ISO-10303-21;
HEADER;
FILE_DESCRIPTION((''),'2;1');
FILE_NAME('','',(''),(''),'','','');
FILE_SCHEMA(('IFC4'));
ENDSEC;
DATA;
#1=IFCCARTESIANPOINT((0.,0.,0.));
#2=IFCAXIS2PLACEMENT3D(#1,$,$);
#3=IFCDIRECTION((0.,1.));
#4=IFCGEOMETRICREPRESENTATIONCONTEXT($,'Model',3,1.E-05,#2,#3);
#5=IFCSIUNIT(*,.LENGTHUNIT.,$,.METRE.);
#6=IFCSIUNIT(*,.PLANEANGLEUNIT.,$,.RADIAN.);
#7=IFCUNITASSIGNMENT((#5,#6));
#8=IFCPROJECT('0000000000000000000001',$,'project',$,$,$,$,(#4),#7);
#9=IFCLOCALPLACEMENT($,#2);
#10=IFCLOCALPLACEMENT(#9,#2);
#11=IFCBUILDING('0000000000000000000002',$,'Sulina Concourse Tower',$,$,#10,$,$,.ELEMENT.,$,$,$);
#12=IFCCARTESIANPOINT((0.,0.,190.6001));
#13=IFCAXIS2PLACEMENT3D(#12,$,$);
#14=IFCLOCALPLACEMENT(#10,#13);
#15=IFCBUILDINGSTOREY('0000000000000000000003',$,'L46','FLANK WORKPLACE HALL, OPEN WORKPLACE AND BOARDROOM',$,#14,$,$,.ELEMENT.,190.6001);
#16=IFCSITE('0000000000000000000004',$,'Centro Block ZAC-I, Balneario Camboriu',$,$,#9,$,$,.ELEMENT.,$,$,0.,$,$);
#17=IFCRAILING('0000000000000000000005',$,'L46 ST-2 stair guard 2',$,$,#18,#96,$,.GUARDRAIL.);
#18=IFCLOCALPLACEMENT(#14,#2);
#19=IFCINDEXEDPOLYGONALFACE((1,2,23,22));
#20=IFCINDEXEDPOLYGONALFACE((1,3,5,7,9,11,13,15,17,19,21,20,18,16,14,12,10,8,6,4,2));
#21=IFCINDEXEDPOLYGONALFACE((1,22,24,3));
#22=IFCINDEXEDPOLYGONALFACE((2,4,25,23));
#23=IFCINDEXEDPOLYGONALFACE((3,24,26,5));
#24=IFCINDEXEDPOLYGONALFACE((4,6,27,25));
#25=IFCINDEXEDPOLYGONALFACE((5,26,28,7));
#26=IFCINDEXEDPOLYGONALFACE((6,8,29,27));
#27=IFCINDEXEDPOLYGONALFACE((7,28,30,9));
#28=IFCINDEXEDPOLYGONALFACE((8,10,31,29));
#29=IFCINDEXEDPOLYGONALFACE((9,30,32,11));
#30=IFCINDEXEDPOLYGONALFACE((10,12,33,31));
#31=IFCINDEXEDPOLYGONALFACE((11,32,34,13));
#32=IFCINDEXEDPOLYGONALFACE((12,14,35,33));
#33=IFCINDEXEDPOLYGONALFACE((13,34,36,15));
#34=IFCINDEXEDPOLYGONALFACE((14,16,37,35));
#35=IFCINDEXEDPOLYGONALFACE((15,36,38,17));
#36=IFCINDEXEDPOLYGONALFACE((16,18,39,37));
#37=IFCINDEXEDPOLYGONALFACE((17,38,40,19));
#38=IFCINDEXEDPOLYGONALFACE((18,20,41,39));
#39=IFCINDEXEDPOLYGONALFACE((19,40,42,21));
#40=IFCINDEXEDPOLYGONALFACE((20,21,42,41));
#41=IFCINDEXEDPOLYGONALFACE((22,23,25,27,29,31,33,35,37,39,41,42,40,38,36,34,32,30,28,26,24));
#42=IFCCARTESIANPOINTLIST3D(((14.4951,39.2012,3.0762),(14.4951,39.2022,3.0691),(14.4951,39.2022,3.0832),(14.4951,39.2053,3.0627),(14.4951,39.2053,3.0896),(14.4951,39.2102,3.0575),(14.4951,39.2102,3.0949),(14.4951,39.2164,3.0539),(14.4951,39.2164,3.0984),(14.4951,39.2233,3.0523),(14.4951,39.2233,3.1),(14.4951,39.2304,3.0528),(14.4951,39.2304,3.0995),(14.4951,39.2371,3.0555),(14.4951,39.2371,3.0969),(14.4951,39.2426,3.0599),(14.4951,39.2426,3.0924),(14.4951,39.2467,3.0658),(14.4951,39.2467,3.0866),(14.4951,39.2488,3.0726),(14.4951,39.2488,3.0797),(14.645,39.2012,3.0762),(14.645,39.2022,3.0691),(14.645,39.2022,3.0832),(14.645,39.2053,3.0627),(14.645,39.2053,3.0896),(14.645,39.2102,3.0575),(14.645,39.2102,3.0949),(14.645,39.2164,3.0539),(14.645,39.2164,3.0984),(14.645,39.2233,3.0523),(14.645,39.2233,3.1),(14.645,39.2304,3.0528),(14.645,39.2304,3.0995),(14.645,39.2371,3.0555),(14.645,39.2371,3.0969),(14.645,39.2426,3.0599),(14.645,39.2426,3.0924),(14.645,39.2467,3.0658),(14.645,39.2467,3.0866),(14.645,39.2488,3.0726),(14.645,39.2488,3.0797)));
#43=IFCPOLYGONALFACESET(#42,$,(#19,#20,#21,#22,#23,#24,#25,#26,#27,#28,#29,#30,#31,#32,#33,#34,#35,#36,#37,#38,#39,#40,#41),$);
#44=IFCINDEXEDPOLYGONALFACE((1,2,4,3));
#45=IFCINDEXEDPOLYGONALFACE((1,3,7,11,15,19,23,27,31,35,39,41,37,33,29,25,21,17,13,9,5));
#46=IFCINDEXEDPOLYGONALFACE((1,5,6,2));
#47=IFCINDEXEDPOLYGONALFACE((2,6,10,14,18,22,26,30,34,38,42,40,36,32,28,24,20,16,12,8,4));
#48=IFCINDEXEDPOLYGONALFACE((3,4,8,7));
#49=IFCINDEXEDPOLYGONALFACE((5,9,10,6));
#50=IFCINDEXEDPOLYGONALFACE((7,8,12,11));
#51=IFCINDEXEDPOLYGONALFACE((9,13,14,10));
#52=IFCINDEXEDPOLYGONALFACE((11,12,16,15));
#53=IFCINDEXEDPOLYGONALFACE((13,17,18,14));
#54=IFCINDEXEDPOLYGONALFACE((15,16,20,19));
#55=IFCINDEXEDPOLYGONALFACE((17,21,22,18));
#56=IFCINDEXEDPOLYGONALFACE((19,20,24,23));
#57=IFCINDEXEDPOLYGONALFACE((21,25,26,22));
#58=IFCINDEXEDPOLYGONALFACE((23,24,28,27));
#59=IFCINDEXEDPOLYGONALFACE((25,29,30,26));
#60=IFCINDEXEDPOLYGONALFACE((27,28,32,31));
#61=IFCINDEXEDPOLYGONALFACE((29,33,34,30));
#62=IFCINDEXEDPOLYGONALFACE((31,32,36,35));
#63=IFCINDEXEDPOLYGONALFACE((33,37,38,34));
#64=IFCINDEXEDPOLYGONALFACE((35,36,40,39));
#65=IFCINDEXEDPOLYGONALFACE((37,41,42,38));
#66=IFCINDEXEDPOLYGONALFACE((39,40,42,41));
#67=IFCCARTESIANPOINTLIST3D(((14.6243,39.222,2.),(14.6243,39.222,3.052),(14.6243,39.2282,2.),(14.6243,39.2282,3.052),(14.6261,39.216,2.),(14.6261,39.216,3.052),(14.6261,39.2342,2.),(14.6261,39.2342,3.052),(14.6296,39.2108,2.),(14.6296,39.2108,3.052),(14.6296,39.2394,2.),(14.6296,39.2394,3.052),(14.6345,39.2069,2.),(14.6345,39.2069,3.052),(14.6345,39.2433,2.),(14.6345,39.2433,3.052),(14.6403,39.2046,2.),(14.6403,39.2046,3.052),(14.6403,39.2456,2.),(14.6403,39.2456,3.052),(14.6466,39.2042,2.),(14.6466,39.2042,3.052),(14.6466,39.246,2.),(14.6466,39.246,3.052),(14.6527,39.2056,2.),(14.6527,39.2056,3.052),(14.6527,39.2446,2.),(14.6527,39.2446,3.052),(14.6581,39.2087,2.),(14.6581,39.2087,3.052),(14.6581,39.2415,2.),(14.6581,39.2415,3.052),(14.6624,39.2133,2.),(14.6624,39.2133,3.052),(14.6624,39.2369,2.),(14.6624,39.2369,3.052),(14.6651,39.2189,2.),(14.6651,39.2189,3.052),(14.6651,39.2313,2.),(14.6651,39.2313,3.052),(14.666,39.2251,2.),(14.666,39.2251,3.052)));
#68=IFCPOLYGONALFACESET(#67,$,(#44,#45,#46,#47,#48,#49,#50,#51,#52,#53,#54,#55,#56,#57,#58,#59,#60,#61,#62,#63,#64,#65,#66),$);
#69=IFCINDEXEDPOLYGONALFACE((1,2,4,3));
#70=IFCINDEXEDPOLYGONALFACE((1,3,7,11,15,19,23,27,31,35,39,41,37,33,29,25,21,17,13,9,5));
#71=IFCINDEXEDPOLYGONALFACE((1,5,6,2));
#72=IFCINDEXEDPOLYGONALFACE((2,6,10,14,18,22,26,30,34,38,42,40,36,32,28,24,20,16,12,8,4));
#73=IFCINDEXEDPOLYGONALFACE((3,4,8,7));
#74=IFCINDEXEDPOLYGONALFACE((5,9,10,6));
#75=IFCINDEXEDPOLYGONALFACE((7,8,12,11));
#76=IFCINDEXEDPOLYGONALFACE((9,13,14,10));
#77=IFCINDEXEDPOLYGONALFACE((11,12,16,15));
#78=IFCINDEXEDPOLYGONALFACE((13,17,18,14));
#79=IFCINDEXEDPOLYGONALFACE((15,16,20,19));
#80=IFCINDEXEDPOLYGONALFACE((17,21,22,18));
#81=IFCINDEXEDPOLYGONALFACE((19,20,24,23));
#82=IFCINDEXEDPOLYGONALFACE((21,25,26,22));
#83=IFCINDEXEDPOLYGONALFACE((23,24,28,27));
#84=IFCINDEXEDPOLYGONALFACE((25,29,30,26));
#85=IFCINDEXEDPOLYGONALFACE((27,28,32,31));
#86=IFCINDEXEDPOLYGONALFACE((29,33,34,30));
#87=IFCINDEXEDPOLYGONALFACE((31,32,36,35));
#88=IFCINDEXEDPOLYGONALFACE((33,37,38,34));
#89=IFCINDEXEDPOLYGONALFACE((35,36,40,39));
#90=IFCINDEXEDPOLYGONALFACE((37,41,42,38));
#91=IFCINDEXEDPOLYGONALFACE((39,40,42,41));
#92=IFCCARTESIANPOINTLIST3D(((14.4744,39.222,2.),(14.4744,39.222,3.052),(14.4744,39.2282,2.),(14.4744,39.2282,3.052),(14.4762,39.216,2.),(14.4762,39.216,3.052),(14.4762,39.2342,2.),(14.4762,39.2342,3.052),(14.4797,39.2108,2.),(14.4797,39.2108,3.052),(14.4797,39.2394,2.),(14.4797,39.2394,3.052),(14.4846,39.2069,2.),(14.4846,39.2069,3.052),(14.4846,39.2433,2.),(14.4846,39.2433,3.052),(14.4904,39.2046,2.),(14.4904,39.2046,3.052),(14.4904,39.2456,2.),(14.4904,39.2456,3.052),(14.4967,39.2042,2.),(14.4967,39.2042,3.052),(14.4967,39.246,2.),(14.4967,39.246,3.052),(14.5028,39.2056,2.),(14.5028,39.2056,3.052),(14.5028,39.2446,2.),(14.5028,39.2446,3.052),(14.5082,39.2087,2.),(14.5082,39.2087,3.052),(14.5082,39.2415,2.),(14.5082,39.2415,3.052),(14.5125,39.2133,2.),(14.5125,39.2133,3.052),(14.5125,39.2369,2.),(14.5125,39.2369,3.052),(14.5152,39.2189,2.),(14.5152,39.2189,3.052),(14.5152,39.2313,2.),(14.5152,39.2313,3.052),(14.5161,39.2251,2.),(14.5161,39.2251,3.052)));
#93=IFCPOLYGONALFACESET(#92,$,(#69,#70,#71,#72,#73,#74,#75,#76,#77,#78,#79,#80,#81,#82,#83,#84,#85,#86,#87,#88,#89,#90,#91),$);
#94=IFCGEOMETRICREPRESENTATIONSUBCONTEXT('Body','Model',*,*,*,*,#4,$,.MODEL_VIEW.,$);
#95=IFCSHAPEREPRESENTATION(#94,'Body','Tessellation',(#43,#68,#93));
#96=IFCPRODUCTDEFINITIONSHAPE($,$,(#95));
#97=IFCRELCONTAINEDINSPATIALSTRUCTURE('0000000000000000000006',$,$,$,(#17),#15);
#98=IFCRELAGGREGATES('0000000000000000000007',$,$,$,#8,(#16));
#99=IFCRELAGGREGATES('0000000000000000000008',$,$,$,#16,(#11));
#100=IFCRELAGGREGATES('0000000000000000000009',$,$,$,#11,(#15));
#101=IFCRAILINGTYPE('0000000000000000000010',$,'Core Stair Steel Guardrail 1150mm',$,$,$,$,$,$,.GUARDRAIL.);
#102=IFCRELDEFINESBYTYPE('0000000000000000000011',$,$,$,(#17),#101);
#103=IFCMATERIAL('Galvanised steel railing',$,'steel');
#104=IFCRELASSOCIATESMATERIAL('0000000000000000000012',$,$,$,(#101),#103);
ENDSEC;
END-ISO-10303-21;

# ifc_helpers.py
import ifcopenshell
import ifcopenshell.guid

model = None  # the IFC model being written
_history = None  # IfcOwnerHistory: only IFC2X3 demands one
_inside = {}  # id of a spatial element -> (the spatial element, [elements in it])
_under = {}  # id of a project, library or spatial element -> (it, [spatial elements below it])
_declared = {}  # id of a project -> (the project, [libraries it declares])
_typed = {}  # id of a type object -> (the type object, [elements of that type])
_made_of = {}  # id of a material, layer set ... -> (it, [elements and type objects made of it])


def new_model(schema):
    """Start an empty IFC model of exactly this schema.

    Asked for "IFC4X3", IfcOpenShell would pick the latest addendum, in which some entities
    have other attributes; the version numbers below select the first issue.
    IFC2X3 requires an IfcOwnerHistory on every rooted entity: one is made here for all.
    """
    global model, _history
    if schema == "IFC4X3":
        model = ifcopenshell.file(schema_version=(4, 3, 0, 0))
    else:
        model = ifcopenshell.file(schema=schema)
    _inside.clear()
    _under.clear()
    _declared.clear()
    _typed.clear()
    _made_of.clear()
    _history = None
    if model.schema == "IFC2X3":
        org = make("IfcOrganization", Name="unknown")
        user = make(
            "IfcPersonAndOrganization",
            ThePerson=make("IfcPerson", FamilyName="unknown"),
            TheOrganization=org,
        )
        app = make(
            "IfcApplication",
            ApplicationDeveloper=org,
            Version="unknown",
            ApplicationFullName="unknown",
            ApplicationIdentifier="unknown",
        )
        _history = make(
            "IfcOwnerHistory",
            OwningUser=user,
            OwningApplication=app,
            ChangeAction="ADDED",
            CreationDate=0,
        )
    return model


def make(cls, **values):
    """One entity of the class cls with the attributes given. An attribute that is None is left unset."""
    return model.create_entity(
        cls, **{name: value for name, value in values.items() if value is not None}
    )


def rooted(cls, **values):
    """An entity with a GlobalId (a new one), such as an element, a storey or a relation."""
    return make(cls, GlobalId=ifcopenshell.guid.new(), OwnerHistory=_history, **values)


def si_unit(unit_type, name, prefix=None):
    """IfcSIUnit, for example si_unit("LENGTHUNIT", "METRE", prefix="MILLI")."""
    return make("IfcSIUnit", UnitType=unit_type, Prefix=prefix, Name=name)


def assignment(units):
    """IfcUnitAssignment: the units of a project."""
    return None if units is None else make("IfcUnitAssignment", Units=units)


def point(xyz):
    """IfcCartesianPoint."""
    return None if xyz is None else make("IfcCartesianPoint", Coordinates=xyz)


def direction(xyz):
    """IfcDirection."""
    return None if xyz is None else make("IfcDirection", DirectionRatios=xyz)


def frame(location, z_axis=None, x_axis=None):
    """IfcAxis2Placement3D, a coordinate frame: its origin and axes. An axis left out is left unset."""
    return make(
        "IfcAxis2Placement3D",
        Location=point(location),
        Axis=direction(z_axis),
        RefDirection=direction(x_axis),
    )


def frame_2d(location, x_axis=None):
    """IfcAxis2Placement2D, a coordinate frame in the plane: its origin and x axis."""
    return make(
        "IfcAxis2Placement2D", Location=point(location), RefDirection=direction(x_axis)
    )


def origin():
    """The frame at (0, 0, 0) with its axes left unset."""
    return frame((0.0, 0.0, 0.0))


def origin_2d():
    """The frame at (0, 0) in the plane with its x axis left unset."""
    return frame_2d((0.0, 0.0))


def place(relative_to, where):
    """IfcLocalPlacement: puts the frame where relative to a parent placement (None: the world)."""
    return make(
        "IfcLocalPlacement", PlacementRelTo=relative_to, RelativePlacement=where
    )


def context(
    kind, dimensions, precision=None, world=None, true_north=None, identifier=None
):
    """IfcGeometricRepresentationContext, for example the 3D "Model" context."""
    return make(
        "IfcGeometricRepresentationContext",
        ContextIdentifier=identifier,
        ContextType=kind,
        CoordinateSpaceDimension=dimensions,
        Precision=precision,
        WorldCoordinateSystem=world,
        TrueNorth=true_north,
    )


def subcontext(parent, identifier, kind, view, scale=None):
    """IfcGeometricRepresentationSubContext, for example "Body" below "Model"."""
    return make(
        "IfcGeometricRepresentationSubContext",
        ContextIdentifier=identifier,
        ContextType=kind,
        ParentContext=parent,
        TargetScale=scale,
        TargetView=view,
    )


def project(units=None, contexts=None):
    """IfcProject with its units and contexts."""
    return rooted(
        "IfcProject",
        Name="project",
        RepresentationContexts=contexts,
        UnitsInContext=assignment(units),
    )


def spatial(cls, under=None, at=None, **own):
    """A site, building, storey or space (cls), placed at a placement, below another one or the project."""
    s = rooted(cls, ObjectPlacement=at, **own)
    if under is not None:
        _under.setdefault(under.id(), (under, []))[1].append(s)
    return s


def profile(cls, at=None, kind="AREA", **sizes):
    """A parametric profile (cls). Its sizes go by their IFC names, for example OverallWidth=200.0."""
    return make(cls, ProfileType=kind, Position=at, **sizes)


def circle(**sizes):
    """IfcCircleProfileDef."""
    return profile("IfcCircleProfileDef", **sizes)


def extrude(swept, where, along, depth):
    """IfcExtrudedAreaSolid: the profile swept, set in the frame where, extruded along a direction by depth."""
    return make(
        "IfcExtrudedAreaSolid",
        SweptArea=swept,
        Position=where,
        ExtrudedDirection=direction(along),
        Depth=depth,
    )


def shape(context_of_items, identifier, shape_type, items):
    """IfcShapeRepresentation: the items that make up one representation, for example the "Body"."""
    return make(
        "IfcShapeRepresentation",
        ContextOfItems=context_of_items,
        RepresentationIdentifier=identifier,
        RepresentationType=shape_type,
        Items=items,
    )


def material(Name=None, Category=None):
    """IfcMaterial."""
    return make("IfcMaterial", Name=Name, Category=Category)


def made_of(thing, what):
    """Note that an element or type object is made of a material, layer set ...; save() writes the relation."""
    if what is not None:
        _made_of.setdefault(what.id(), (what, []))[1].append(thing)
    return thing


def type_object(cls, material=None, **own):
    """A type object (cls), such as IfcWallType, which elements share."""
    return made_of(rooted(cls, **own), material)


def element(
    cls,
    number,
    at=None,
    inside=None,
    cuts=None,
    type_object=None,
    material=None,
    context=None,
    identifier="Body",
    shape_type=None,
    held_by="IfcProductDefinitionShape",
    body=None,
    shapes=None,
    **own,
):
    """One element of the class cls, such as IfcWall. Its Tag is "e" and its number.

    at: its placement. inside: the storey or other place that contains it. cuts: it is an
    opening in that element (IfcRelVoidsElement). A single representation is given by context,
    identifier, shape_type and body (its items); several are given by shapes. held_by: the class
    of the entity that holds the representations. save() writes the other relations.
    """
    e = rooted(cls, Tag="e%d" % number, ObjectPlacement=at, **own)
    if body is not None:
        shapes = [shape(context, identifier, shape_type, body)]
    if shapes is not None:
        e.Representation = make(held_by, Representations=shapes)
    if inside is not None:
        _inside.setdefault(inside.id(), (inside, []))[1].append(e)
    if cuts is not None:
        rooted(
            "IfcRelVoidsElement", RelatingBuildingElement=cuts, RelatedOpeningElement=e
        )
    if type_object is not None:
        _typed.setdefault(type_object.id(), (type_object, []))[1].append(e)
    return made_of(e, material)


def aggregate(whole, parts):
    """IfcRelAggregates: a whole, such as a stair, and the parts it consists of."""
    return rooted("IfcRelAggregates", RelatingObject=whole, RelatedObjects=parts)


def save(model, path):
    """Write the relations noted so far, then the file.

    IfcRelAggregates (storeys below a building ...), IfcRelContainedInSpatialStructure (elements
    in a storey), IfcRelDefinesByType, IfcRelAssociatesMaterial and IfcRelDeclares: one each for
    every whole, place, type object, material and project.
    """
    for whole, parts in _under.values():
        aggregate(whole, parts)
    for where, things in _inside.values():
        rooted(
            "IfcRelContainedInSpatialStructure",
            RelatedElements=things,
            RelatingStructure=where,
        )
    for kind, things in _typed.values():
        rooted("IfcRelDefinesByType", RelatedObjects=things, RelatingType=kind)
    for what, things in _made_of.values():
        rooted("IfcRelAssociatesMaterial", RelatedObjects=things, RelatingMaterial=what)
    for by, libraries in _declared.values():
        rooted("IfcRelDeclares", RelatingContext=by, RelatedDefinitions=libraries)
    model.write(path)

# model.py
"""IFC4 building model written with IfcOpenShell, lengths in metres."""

from ifc_helpers import new_model, si_unit, direction, frame, origin, origin_2d, place, context, subcontext, project, spatial, circle, extrude, material, type_object, element, save


model = new_model("IFC4")

# Units and contexts
model_context = context("Model", 3, precision=1e-05, world=origin(), true_north=direction((0.0, 1.0)))
body_context = subcontext(model_context, "Body", "Model", "MODEL_VIEW")
ifc_project = project(units=[si_unit("LENGTHUNIT", "METRE"), si_unit("PLANEANGLEUNIT", "RADIAN")], contexts=[model_context])

# Site, building, storey
site_placement = place(None, origin())
site = spatial("IfcSite", under=ifc_project, at=site_placement, Name="Centro Block ZAC-I, Balneario Camboriu", CompositionType="ELEMENT", RefElevation=0.0)
building_placement = place(site_placement, origin())
building = spatial("IfcBuilding", under=site, at=building_placement, Name="Sulina Concourse Tower", CompositionType="ELEMENT")
storey_placement = place(building_placement, frame((0.0, 0.0, 190.6001)))
storey = spatial("IfcBuildingStorey", under=building, at=storey_placement, Name="L46", Description="FLANK WORKPLACE HALL, OPEN WORKPLACE AND BOARDROOM", CompositionType="ELEMENT", Elevation=190.6001)

# Railing
ifc_material_1 = material(Name="Galvanised steel railing", Category="steel")
railing_type_1 = type_object("IfcRailingType", Name="Core Stair Steel Guardrail 1150mm", PredefinedType="GUARDRAIL", material=ifc_material_1)
railing_1_placement = place(storey_placement, frame((14.645, 39.2251, 2.0)))
element("IfcRailing", 1, at=railing_1_placement, inside=storey, type_object=railing_type_1, Name="L46 ST-2 stair guard 2", PredefinedType="GUARDRAIL", context=body_context, shape_type="SweptSolid", body=[
    extrude(circle(Radius=0.0239, at=origin_2d()), frame((0.0, 0.0, 1.0762), z_axis=(-1.0, 0.0, 0.0), x_axis=(0.0, -1.0, 0.0)), (0.0, 0.0, 1.0), 0.1499),
    extrude(circle(Radius=0.021, at=origin_2d()), origin(), (0.0, 0.0, 1.0), 1.052),
    extrude(circle(Radius=0.021, at=origin_2d()), frame((-0.1499, 0.0, 0.0)), (0.0, 0.0, 1.0), 1.052),
])

save(model, "model.ifc")
